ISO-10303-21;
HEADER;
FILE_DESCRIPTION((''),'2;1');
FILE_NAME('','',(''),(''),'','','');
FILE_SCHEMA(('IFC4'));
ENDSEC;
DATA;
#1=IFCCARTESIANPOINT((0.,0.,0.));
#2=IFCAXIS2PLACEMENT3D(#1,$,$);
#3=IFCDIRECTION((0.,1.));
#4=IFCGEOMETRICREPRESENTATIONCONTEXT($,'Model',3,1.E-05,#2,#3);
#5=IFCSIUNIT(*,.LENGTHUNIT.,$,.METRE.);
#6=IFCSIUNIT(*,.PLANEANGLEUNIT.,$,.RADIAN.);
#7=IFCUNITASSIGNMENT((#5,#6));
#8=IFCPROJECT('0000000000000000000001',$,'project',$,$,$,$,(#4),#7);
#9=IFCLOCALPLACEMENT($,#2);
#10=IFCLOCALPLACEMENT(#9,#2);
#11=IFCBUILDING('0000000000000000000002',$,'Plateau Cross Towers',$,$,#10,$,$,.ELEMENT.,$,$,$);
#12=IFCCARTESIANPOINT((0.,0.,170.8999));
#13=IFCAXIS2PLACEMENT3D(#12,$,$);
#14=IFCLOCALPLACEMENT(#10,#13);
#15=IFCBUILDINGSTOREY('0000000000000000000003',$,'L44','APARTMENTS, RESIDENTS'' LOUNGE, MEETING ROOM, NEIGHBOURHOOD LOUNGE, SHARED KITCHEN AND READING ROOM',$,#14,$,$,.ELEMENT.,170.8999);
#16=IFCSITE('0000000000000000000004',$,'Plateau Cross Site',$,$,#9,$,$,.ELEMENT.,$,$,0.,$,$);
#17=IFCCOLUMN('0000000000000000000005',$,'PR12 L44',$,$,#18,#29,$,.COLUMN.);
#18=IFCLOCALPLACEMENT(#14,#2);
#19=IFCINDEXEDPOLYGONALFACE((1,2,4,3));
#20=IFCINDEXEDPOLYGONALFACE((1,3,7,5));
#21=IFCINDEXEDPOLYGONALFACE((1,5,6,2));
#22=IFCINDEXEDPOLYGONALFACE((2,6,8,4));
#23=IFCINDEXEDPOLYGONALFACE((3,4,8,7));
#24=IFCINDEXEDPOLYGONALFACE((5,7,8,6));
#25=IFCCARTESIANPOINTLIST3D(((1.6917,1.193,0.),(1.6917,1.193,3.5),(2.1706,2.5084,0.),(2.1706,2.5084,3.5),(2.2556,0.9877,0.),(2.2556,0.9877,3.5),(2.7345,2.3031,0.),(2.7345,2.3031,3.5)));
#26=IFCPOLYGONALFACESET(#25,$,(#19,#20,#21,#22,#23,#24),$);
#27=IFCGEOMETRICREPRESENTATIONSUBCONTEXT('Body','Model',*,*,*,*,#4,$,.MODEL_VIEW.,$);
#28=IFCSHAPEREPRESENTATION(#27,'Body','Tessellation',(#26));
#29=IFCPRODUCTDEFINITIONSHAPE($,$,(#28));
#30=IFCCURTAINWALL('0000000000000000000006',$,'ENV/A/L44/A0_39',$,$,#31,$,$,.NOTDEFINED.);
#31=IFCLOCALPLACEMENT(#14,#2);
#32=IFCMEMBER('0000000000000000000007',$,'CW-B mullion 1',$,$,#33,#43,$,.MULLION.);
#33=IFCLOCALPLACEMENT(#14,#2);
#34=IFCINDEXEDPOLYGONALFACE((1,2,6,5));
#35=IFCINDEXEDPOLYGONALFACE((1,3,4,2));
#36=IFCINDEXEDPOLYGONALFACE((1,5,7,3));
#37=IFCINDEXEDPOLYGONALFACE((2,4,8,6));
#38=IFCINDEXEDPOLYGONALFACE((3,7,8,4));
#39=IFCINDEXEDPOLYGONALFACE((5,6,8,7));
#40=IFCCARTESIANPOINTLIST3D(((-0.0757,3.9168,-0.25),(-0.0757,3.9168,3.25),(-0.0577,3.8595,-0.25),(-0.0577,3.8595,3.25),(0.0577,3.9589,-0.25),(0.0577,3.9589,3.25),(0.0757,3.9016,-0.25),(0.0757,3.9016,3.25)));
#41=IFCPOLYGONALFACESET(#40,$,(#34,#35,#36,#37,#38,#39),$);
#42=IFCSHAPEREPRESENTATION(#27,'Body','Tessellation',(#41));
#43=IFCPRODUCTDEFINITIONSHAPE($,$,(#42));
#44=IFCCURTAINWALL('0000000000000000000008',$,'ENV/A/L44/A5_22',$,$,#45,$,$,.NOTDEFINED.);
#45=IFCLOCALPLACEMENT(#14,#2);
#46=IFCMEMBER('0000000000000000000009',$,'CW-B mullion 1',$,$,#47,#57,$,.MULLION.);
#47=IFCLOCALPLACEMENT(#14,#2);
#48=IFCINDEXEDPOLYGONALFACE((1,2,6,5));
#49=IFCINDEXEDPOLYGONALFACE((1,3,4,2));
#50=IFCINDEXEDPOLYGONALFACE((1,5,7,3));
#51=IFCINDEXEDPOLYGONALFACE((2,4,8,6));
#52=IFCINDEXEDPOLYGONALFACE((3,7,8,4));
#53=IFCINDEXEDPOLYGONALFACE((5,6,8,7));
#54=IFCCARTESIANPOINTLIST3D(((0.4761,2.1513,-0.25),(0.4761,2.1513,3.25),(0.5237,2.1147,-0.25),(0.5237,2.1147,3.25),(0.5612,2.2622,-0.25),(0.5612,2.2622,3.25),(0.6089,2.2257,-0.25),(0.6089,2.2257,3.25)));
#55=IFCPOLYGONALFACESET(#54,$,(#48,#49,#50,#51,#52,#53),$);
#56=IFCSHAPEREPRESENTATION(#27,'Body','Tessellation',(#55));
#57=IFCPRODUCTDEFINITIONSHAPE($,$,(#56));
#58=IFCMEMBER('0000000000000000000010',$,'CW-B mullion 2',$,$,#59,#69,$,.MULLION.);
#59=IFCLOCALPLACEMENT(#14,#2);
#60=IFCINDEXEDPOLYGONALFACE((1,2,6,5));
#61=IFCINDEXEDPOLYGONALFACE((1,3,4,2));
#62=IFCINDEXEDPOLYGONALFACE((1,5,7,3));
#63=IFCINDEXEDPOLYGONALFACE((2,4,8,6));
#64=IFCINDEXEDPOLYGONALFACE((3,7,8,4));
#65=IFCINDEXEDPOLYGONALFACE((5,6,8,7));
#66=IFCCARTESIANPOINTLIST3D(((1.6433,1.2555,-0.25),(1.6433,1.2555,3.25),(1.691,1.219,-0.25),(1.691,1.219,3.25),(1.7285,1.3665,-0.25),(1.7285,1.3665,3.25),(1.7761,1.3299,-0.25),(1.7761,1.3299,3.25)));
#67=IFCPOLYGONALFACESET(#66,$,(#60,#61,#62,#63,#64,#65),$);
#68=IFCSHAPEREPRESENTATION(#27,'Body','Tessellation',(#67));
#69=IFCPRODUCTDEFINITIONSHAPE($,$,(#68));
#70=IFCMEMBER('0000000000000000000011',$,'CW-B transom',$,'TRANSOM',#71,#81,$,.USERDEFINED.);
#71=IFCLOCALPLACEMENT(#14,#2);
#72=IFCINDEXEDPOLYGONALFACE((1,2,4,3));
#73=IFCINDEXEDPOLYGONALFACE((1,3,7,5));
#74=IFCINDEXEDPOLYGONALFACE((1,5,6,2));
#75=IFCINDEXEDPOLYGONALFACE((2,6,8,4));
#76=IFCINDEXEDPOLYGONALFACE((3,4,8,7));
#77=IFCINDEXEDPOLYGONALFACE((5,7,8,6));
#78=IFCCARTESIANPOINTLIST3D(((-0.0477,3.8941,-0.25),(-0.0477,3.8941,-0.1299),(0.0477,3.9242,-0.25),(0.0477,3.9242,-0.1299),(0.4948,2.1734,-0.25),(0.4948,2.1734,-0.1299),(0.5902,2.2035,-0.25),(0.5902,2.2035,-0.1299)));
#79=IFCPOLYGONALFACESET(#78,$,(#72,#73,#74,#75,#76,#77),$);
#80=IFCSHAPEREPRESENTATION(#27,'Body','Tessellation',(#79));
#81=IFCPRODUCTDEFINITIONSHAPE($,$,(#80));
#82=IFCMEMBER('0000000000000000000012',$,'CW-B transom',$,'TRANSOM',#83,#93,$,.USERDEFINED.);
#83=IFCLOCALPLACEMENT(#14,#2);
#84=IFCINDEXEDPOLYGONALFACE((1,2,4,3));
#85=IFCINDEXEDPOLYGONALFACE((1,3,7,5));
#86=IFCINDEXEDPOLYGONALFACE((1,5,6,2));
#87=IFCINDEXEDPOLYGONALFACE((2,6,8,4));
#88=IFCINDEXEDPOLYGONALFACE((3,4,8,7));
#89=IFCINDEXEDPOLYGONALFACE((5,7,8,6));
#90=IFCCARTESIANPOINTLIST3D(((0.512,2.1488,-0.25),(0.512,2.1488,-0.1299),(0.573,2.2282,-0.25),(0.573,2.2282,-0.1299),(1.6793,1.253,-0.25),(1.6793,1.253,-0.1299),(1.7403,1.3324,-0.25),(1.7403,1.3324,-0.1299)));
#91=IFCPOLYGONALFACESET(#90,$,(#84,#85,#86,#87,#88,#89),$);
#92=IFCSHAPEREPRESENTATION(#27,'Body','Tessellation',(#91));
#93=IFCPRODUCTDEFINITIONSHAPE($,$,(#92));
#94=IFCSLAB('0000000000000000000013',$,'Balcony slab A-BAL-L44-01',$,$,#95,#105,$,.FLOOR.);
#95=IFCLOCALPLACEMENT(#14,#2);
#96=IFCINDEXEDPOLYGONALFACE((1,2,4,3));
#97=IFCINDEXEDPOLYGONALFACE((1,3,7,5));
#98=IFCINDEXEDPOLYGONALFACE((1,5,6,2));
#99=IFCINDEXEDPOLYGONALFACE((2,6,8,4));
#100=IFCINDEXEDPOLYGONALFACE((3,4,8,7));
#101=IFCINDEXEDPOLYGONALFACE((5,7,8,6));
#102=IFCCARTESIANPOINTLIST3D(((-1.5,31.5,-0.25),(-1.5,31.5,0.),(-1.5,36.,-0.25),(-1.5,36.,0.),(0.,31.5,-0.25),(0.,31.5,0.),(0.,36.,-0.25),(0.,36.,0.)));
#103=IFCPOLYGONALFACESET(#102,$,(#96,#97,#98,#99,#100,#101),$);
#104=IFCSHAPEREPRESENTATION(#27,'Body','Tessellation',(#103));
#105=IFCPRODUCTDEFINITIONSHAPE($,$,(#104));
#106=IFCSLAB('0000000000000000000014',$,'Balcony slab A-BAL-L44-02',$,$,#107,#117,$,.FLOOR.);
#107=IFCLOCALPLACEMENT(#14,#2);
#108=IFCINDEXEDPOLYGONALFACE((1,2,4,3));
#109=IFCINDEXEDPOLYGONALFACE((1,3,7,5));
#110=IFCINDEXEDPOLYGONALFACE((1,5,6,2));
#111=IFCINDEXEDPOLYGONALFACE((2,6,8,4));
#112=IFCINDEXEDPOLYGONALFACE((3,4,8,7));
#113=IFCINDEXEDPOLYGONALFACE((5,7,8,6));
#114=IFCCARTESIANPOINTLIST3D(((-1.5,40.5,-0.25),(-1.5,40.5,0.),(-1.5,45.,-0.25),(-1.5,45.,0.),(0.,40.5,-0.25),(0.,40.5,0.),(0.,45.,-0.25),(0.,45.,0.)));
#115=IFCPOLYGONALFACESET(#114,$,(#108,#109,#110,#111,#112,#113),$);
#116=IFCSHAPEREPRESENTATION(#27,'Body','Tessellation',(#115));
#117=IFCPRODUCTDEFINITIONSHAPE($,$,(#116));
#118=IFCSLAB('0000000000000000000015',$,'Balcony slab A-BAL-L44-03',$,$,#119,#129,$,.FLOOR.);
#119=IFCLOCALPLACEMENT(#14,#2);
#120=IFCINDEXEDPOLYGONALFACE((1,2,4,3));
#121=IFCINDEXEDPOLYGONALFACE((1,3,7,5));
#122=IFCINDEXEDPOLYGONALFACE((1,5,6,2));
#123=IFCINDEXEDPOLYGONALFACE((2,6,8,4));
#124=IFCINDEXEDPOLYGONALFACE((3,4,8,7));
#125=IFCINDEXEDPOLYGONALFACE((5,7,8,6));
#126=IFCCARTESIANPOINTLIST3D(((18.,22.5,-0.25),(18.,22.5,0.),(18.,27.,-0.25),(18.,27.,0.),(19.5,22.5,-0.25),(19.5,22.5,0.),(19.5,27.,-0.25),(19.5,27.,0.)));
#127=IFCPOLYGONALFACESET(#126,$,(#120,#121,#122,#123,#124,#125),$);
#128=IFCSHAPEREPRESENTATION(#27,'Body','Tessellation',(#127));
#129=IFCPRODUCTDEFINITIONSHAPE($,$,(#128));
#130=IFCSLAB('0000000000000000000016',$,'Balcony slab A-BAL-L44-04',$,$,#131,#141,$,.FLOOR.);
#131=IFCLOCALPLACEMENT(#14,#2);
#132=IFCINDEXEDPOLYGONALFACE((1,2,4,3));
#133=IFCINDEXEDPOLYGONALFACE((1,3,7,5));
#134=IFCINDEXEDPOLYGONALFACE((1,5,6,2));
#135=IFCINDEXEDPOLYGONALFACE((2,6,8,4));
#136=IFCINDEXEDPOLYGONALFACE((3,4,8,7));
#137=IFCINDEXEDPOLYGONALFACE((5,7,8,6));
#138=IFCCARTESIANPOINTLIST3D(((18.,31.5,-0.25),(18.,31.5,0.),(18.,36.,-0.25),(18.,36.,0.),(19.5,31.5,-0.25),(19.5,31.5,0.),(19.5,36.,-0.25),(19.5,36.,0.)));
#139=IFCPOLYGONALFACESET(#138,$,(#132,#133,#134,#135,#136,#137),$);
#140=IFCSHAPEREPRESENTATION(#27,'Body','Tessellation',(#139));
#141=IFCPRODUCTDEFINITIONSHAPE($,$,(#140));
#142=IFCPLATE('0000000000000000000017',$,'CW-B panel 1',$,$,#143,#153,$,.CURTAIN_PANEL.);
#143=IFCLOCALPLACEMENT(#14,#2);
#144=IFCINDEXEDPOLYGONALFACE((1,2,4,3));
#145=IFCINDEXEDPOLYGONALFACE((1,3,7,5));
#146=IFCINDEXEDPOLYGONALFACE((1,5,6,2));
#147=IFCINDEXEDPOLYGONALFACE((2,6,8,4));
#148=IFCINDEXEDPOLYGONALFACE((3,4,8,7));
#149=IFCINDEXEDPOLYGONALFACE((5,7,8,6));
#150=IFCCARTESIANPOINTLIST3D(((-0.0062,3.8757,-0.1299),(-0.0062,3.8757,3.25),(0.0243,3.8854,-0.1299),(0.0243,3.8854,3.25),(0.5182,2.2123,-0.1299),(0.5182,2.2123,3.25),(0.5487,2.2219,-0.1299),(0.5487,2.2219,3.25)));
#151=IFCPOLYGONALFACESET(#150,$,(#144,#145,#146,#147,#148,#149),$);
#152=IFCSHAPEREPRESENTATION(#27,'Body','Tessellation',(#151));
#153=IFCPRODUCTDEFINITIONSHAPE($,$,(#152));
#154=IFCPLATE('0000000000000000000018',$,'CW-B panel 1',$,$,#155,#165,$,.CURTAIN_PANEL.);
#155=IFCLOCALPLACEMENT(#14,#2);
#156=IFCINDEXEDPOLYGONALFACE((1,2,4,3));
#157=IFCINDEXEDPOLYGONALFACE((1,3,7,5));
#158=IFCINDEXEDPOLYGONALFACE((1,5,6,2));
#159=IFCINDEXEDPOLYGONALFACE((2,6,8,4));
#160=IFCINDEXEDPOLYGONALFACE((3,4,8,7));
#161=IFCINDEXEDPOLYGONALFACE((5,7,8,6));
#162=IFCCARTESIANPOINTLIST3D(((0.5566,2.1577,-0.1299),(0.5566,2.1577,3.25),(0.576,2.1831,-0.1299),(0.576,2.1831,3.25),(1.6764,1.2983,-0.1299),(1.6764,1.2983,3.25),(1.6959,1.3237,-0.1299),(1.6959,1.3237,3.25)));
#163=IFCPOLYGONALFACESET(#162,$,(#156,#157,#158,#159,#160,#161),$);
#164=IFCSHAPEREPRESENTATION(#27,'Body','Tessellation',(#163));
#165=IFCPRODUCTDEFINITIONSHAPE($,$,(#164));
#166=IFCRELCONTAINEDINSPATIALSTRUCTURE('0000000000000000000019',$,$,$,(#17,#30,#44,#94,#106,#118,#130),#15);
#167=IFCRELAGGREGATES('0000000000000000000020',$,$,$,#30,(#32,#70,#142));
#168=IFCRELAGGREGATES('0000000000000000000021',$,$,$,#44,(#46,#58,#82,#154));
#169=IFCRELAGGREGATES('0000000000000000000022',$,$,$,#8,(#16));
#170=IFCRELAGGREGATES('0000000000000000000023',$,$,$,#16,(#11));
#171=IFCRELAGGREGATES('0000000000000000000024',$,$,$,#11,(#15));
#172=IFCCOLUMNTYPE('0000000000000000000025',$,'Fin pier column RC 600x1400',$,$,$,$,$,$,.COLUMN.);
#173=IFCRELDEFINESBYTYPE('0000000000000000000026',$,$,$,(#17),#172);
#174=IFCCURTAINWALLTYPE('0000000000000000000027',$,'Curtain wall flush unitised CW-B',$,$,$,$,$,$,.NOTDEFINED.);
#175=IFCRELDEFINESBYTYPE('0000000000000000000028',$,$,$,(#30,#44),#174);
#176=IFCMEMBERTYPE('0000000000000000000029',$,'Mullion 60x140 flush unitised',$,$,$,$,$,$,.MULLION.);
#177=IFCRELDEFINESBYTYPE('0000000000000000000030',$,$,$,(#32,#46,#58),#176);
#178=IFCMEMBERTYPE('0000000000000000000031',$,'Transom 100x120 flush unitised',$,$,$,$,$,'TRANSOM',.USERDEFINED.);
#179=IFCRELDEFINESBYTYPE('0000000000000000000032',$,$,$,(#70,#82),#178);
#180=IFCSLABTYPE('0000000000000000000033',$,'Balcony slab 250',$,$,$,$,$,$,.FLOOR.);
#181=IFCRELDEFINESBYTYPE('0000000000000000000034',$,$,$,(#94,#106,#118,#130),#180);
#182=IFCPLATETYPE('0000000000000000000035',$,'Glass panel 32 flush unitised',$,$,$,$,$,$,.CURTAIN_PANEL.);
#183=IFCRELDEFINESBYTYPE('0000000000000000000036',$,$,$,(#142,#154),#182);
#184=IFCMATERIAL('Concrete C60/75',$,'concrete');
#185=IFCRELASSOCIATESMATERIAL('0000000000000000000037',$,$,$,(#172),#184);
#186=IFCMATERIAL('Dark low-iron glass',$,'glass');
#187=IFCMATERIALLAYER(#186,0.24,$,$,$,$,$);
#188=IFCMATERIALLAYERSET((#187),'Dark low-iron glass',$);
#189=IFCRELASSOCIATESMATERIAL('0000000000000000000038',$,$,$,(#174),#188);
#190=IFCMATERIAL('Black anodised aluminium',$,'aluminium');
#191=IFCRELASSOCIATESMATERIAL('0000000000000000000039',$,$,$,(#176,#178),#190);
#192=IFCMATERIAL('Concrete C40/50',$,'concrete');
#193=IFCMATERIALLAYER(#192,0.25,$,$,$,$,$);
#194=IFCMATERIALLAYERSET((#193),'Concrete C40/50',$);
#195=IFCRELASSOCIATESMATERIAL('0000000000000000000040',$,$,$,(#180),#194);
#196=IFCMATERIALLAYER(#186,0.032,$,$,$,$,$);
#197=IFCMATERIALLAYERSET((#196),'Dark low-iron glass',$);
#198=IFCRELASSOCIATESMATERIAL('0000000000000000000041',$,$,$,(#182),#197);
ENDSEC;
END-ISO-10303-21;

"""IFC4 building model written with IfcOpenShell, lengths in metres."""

from ifc_helpers import new_model, si_unit, direction, frame, origin, origin_2d, place, context, subcontext, project, spatial, polyline, rectangle, outline, extrude, material, layer, layer_set, material_profile, profile_set, type_object, element, aggregate, save


model = new_model("IFC4")

# Units and contexts
model_context = context("Model", 3, precision=1e-05, world=origin(), true_north=direction((0.0, 1.0)))
body_context = subcontext(model_context, "Body", "Model", "MODEL_VIEW")
ifc_project = project(units=[si_unit("LENGTHUNIT", "METRE"), si_unit("PLANEANGLEUNIT", "RADIAN")], contexts=[model_context])

# Site, building, storey
site_placement = place(None, origin())
site = spatial("IfcSite", under=ifc_project, at=site_placement, Name="Plateau Cross Site", CompositionType="ELEMENT", RefElevation=0.0)
building_placement = place(site_placement, origin())
building = spatial("IfcBuilding", under=site, at=building_placement, Name="Plateau Cross Towers", CompositionType="ELEMENT")
storey_placement = place(building_placement, frame((0.0, 0.0, 170.8999)))
storey = spatial("IfcBuildingStorey", under=building, at=storey_placement, Name="L44", Description="APARTMENTS, RESIDENTS' LOUNGE, MEETING ROOM, NEIGHBOURHOOD LOUNGE, SHARED KITCHEN AND READING ROOM", CompositionType="ELEMENT", Elevation=170.8999)

# Column
ifc_material_1 = material(Name="Concrete C60/75", Category="concrete")
ifc_material_profile_1 = material_profile(ifc_material_1, rectangle(XDim=0.6001, YDim=1.3999, at=origin_2d()), Name="RC 600x1400")
ifc_profile_set_1 = profile_set([ifc_material_profile_1], Name="Concrete C60/75")
column_type = type_object("IfcColumnType", Name="Fin pier column RC 600x1400", PredefinedType="COLUMN", material=ifc_profile_set_1)
column_placement = place(storey_placement, frame((2.2131, 1.748, 0.0), z_axis=(0.0, 0.0, 1.0), x_axis=(-0.939664, 0.342098, 0.0)))
element("IfcColumn", 1, at=column_placement, inside=storey, type_object=column_type, Name="PR12 L44", PredefinedType="COLUMN", context=body_context, shape_type="SweptSolid", body=[
    extrude(rectangle(XDim=0.6001, YDim=1.3999, at=origin_2d()), origin(), (0.0, 0.0, 1.0), 3.5),
])

# Curtain wall, member
ifc_material_2 = material(Name="Dark low-iron glass", Category="glass")
ifc_layer_1 = layer(ifc_material_2, 0.24)
ifc_layer_set_1 = layer_set([ifc_layer_1], Name="Dark low-iron glass")
curtain_wall_type = type_object("IfcCurtainWallType", Name="Curtain wall flush unitised CW-B", PredefinedType="NOTDEFINED", material=ifc_layer_set_1)
curtain_wall_1_placement = place(storey_placement, origin())
curtain_wall_1 = element("IfcCurtainWall", 2, at=curtain_wall_1_placement, inside=storey, type_object=curtain_wall_type, Name="ENV/A/L44/A0_39", PredefinedType="NOTDEFINED")
ifc_material_3 = material(Name="Black anodised aluminium", Category="aluminium")
ifc_material_profile_2 = material_profile(ifc_material_3, rectangle(XDim=0.0601, YDim=0.1399, at=origin_2d()), Name="MULLION 60x140")
ifc_profile_set_2 = profile_set([ifc_material_profile_2], Name="Black anodised aluminium")
member_type_1 = type_object("IfcMemberType", Name="Mullion 60x140 flush unitised", PredefinedType="MULLION", material=ifc_profile_set_2)
member_1_placement = place(storey_placement, frame((0.0, 3.9092, -0.25), z_axis=(0.0, 0.0, 1.0), x_axis=(0.300686, -0.953723, 0.0)))
member_1 = element("IfcMember", 3, at=member_1_placement, type_object=member_type_1, Name="CW-B mullion 1", PredefinedType="MULLION", context=body_context, shape_type="SweptSolid", body=[
    extrude(rectangle(XDim=0.0601, YDim=0.1399, at=origin_2d()), origin(), (0.0, 0.0, 1.0), 3.5),
])

# Curtain wall, members
curtain_wall_2_placement = place(storey_placement, origin())
curtain_wall_2 = element("IfcCurtainWall", 4, at=curtain_wall_2_placement, inside=storey, type_object=curtain_wall_type, Name="ENV/A/L44/A5_22", PredefinedType="NOTDEFINED")
member_2_placement = place(storey_placement, frame((0.5425, 2.1885, -0.25), z_axis=(0.0, 0.0, 1.0), x_axis=(0.793316, -0.608811, 0.0)))
member_2 = element("IfcMember", 5, at=member_2_placement, type_object=member_type_1, Name="CW-B mullion 1", PredefinedType="MULLION", context=body_context, shape_type="SweptSolid", body=[
    extrude(rectangle(XDim=0.0601, YDim=0.1399, at=origin_2d()), origin(), (0.0, 0.0, 1.0), 3.5),
])
member_3_placement = place(storey_placement, frame((1.7097, 1.2927, -0.25), z_axis=(0.0, 0.0, 1.0), x_axis=(0.793316, -0.608811, 0.0)))
member_3 = element("IfcMember", 6, at=member_3_placement, type_object=member_type_1, Name="CW-B mullion 2", PredefinedType="MULLION", context=body_context, shape_type="SweptSolid", body=[
    extrude(rectangle(XDim=0.0601, YDim=0.1399, at=origin_2d()), origin(), (0.0, 0.0, 1.0), 3.5),
])

# Members
ifc_material_profile_3 = material_profile(ifc_material_3, rectangle(XDim=0.1001, YDim=0.1201, at=origin_2d()), Name="TRANSOM 100x120")
ifc_profile_set_3 = profile_set([ifc_material_profile_3], Name="Black anodised aluminium")
member_type_2 = type_object("IfcMemberType", Name="Transom 100x120 flush unitised", ElementType="TRANSOM", PredefinedType="USERDEFINED", material=ifc_profile_set_3)
member_4_placement = place(storey_placement, frame((0.0, 3.9092, -0.1899), z_axis=(0.300678, -0.953726, 0.0), x_axis=(0.953726, 0.300678, 0.0)))
member_4 = element("IfcMember", 7, at=member_4_placement, type_object=member_type_2, Name="CW-B transom", ObjectType="TRANSOM", PredefinedType="USERDEFINED", context=body_context, shape_type="SweptSolid", body=[
    extrude(rectangle(XDim=0.1001, YDim=0.1201, at=origin_2d()), origin(), (0.0, 0.0, 1.0), 1.8042),
])
member_5_placement = place(storey_placement, frame((0.5425, 2.1885, -0.1899), z_axis=(0.793321, -0.608804, 0.0), x_axis=(0.608804, 0.793321, 0.0)))
member_5 = element("IfcMember", 8, at=member_5_placement, type_object=member_type_2, Name="CW-B transom", ObjectType="TRANSOM", PredefinedType="USERDEFINED", context=body_context, shape_type="SweptSolid", body=[
    extrude(rectangle(XDim=0.1001, YDim=0.1201, at=origin_2d()), origin(), (0.0, 0.0, 1.0), 1.4714),
])

# Slabs
ifc_material_4 = material(Name="Concrete C40/50", Category="concrete")
ifc_layer_2 = layer(ifc_material_4, 0.25)
ifc_layer_set_2 = layer_set([ifc_layer_2], Name="Concrete C40/50")
slab_type_1 = type_object("IfcSlabType", Name="Balcony slab 250", PredefinedType="FLOOR", material=ifc_layer_set_2)
slab_1_placement = place(storey_placement, frame((0.0, 0.0, -0.25)))
element("IfcSlab", 9, at=slab_1_placement, inside=storey, type_object=slab_type_1, Name="Balcony slab A-BAL-L44-01", PredefinedType="FLOOR", context=body_context, shape_type="SweptSolid", body=[
    extrude(outline(polyline([(0.0, 31.5), (0.0, 36.0), (-1.5, 36.0), (-1.5, 31.5), (0.0, 31.5)])), origin(), (0.0, 0.0, 1.0), 0.25),
])
slab_2_placement = place(storey_placement, frame((0.0, 0.0, -0.25)))
element("IfcSlab", 10, at=slab_2_placement, inside=storey, type_object=slab_type_1, Name="Balcony slab A-BAL-L44-02", PredefinedType="FLOOR", context=body_context, shape_type="SweptSolid", body=[
    extrude(outline(polyline([(0.0, 40.5), (0.0, 45.0), (-1.5, 45.0), (-1.5, 40.5), (0.0, 40.5)])), origin(), (0.0, 0.0, 1.0), 0.25),
])
slab_3_placement = place(storey_placement, frame((0.0, 0.0, -0.25)))
element("IfcSlab", 11, at=slab_3_placement, inside=storey, type_object=slab_type_1, Name="Balcony slab A-BAL-L44-03", PredefinedType="FLOOR", context=body_context, shape_type="SweptSolid", body=[
    extrude(outline(polyline([(19.5, 22.5), (19.5, 27.0), (18.0, 27.0), (18.0, 22.5), (19.5, 22.5)])), origin(), (0.0, 0.0, 1.0), 0.25),
])
slab_4_placement = place(storey_placement, frame((0.0, 0.0, -0.25)))
element("IfcSlab", 12, at=slab_4_placement, inside=storey, type_object=slab_type_1, Name="Balcony slab A-BAL-L44-04", PredefinedType="FLOOR", context=body_context, shape_type="SweptSolid", body=[
    extrude(outline(polyline([(19.5, 31.5), (19.5, 36.0), (18.0, 36.0), (18.0, 31.5), (19.5, 31.5)])), origin(), (0.0, 0.0, 1.0), 0.25),
])

# Plates
ifc_layer_3 = layer(ifc_material_2, 0.032)
ifc_layer_set_3 = layer_set([ifc_layer_3], Name="Dark low-iron glass")
plate_type = type_object("IfcPlateType", Name="Glass panel 32 flush unitised", PredefinedType="CURTAIN_PANEL", material=ifc_layer_set_3)
plate_1_placement = place(storey_placement, frame((0.2712, 3.0488, -0.1299), z_axis=(0.0, 0.0, 1.0), x_axis=(0.300686, -0.953723, 0.0)))
plate_1 = element("IfcPlate", 13, at=plate_1_placement, type_object=plate_type, Name="CW-B panel 1", PredefinedType="CURTAIN_PANEL", context=body_context, shape_type="SweptSolid", body=[
    extrude(rectangle(XDim=1.7441, YDim=0.032, at=origin_2d()), origin(), (0.0, 0.0, 1.0), 3.3799),
])
aggregate(curtain_wall_1, [member_1, member_4, plate_1])
plate_2_placement = place(storey_placement, frame((1.1262, 1.7407, -0.1299), z_axis=(0.0, 0.0, 1.0), x_axis=(0.793316, -0.608811, 0.0)))
plate_2 = element("IfcPlate", 14, at=plate_2_placement, type_object=plate_type, Name="CW-B panel 1", PredefinedType="CURTAIN_PANEL", context=body_context, shape_type="SweptSolid", body=[
    extrude(rectangle(XDim=1.4116, YDim=0.032, at=origin_2d()), origin(), (0.0, 0.0, 1.0), 3.3799),
])
aggregate(curtain_wall_2, [member_2, member_3, member_5, plate_2])

save(model, "model.ifc")
